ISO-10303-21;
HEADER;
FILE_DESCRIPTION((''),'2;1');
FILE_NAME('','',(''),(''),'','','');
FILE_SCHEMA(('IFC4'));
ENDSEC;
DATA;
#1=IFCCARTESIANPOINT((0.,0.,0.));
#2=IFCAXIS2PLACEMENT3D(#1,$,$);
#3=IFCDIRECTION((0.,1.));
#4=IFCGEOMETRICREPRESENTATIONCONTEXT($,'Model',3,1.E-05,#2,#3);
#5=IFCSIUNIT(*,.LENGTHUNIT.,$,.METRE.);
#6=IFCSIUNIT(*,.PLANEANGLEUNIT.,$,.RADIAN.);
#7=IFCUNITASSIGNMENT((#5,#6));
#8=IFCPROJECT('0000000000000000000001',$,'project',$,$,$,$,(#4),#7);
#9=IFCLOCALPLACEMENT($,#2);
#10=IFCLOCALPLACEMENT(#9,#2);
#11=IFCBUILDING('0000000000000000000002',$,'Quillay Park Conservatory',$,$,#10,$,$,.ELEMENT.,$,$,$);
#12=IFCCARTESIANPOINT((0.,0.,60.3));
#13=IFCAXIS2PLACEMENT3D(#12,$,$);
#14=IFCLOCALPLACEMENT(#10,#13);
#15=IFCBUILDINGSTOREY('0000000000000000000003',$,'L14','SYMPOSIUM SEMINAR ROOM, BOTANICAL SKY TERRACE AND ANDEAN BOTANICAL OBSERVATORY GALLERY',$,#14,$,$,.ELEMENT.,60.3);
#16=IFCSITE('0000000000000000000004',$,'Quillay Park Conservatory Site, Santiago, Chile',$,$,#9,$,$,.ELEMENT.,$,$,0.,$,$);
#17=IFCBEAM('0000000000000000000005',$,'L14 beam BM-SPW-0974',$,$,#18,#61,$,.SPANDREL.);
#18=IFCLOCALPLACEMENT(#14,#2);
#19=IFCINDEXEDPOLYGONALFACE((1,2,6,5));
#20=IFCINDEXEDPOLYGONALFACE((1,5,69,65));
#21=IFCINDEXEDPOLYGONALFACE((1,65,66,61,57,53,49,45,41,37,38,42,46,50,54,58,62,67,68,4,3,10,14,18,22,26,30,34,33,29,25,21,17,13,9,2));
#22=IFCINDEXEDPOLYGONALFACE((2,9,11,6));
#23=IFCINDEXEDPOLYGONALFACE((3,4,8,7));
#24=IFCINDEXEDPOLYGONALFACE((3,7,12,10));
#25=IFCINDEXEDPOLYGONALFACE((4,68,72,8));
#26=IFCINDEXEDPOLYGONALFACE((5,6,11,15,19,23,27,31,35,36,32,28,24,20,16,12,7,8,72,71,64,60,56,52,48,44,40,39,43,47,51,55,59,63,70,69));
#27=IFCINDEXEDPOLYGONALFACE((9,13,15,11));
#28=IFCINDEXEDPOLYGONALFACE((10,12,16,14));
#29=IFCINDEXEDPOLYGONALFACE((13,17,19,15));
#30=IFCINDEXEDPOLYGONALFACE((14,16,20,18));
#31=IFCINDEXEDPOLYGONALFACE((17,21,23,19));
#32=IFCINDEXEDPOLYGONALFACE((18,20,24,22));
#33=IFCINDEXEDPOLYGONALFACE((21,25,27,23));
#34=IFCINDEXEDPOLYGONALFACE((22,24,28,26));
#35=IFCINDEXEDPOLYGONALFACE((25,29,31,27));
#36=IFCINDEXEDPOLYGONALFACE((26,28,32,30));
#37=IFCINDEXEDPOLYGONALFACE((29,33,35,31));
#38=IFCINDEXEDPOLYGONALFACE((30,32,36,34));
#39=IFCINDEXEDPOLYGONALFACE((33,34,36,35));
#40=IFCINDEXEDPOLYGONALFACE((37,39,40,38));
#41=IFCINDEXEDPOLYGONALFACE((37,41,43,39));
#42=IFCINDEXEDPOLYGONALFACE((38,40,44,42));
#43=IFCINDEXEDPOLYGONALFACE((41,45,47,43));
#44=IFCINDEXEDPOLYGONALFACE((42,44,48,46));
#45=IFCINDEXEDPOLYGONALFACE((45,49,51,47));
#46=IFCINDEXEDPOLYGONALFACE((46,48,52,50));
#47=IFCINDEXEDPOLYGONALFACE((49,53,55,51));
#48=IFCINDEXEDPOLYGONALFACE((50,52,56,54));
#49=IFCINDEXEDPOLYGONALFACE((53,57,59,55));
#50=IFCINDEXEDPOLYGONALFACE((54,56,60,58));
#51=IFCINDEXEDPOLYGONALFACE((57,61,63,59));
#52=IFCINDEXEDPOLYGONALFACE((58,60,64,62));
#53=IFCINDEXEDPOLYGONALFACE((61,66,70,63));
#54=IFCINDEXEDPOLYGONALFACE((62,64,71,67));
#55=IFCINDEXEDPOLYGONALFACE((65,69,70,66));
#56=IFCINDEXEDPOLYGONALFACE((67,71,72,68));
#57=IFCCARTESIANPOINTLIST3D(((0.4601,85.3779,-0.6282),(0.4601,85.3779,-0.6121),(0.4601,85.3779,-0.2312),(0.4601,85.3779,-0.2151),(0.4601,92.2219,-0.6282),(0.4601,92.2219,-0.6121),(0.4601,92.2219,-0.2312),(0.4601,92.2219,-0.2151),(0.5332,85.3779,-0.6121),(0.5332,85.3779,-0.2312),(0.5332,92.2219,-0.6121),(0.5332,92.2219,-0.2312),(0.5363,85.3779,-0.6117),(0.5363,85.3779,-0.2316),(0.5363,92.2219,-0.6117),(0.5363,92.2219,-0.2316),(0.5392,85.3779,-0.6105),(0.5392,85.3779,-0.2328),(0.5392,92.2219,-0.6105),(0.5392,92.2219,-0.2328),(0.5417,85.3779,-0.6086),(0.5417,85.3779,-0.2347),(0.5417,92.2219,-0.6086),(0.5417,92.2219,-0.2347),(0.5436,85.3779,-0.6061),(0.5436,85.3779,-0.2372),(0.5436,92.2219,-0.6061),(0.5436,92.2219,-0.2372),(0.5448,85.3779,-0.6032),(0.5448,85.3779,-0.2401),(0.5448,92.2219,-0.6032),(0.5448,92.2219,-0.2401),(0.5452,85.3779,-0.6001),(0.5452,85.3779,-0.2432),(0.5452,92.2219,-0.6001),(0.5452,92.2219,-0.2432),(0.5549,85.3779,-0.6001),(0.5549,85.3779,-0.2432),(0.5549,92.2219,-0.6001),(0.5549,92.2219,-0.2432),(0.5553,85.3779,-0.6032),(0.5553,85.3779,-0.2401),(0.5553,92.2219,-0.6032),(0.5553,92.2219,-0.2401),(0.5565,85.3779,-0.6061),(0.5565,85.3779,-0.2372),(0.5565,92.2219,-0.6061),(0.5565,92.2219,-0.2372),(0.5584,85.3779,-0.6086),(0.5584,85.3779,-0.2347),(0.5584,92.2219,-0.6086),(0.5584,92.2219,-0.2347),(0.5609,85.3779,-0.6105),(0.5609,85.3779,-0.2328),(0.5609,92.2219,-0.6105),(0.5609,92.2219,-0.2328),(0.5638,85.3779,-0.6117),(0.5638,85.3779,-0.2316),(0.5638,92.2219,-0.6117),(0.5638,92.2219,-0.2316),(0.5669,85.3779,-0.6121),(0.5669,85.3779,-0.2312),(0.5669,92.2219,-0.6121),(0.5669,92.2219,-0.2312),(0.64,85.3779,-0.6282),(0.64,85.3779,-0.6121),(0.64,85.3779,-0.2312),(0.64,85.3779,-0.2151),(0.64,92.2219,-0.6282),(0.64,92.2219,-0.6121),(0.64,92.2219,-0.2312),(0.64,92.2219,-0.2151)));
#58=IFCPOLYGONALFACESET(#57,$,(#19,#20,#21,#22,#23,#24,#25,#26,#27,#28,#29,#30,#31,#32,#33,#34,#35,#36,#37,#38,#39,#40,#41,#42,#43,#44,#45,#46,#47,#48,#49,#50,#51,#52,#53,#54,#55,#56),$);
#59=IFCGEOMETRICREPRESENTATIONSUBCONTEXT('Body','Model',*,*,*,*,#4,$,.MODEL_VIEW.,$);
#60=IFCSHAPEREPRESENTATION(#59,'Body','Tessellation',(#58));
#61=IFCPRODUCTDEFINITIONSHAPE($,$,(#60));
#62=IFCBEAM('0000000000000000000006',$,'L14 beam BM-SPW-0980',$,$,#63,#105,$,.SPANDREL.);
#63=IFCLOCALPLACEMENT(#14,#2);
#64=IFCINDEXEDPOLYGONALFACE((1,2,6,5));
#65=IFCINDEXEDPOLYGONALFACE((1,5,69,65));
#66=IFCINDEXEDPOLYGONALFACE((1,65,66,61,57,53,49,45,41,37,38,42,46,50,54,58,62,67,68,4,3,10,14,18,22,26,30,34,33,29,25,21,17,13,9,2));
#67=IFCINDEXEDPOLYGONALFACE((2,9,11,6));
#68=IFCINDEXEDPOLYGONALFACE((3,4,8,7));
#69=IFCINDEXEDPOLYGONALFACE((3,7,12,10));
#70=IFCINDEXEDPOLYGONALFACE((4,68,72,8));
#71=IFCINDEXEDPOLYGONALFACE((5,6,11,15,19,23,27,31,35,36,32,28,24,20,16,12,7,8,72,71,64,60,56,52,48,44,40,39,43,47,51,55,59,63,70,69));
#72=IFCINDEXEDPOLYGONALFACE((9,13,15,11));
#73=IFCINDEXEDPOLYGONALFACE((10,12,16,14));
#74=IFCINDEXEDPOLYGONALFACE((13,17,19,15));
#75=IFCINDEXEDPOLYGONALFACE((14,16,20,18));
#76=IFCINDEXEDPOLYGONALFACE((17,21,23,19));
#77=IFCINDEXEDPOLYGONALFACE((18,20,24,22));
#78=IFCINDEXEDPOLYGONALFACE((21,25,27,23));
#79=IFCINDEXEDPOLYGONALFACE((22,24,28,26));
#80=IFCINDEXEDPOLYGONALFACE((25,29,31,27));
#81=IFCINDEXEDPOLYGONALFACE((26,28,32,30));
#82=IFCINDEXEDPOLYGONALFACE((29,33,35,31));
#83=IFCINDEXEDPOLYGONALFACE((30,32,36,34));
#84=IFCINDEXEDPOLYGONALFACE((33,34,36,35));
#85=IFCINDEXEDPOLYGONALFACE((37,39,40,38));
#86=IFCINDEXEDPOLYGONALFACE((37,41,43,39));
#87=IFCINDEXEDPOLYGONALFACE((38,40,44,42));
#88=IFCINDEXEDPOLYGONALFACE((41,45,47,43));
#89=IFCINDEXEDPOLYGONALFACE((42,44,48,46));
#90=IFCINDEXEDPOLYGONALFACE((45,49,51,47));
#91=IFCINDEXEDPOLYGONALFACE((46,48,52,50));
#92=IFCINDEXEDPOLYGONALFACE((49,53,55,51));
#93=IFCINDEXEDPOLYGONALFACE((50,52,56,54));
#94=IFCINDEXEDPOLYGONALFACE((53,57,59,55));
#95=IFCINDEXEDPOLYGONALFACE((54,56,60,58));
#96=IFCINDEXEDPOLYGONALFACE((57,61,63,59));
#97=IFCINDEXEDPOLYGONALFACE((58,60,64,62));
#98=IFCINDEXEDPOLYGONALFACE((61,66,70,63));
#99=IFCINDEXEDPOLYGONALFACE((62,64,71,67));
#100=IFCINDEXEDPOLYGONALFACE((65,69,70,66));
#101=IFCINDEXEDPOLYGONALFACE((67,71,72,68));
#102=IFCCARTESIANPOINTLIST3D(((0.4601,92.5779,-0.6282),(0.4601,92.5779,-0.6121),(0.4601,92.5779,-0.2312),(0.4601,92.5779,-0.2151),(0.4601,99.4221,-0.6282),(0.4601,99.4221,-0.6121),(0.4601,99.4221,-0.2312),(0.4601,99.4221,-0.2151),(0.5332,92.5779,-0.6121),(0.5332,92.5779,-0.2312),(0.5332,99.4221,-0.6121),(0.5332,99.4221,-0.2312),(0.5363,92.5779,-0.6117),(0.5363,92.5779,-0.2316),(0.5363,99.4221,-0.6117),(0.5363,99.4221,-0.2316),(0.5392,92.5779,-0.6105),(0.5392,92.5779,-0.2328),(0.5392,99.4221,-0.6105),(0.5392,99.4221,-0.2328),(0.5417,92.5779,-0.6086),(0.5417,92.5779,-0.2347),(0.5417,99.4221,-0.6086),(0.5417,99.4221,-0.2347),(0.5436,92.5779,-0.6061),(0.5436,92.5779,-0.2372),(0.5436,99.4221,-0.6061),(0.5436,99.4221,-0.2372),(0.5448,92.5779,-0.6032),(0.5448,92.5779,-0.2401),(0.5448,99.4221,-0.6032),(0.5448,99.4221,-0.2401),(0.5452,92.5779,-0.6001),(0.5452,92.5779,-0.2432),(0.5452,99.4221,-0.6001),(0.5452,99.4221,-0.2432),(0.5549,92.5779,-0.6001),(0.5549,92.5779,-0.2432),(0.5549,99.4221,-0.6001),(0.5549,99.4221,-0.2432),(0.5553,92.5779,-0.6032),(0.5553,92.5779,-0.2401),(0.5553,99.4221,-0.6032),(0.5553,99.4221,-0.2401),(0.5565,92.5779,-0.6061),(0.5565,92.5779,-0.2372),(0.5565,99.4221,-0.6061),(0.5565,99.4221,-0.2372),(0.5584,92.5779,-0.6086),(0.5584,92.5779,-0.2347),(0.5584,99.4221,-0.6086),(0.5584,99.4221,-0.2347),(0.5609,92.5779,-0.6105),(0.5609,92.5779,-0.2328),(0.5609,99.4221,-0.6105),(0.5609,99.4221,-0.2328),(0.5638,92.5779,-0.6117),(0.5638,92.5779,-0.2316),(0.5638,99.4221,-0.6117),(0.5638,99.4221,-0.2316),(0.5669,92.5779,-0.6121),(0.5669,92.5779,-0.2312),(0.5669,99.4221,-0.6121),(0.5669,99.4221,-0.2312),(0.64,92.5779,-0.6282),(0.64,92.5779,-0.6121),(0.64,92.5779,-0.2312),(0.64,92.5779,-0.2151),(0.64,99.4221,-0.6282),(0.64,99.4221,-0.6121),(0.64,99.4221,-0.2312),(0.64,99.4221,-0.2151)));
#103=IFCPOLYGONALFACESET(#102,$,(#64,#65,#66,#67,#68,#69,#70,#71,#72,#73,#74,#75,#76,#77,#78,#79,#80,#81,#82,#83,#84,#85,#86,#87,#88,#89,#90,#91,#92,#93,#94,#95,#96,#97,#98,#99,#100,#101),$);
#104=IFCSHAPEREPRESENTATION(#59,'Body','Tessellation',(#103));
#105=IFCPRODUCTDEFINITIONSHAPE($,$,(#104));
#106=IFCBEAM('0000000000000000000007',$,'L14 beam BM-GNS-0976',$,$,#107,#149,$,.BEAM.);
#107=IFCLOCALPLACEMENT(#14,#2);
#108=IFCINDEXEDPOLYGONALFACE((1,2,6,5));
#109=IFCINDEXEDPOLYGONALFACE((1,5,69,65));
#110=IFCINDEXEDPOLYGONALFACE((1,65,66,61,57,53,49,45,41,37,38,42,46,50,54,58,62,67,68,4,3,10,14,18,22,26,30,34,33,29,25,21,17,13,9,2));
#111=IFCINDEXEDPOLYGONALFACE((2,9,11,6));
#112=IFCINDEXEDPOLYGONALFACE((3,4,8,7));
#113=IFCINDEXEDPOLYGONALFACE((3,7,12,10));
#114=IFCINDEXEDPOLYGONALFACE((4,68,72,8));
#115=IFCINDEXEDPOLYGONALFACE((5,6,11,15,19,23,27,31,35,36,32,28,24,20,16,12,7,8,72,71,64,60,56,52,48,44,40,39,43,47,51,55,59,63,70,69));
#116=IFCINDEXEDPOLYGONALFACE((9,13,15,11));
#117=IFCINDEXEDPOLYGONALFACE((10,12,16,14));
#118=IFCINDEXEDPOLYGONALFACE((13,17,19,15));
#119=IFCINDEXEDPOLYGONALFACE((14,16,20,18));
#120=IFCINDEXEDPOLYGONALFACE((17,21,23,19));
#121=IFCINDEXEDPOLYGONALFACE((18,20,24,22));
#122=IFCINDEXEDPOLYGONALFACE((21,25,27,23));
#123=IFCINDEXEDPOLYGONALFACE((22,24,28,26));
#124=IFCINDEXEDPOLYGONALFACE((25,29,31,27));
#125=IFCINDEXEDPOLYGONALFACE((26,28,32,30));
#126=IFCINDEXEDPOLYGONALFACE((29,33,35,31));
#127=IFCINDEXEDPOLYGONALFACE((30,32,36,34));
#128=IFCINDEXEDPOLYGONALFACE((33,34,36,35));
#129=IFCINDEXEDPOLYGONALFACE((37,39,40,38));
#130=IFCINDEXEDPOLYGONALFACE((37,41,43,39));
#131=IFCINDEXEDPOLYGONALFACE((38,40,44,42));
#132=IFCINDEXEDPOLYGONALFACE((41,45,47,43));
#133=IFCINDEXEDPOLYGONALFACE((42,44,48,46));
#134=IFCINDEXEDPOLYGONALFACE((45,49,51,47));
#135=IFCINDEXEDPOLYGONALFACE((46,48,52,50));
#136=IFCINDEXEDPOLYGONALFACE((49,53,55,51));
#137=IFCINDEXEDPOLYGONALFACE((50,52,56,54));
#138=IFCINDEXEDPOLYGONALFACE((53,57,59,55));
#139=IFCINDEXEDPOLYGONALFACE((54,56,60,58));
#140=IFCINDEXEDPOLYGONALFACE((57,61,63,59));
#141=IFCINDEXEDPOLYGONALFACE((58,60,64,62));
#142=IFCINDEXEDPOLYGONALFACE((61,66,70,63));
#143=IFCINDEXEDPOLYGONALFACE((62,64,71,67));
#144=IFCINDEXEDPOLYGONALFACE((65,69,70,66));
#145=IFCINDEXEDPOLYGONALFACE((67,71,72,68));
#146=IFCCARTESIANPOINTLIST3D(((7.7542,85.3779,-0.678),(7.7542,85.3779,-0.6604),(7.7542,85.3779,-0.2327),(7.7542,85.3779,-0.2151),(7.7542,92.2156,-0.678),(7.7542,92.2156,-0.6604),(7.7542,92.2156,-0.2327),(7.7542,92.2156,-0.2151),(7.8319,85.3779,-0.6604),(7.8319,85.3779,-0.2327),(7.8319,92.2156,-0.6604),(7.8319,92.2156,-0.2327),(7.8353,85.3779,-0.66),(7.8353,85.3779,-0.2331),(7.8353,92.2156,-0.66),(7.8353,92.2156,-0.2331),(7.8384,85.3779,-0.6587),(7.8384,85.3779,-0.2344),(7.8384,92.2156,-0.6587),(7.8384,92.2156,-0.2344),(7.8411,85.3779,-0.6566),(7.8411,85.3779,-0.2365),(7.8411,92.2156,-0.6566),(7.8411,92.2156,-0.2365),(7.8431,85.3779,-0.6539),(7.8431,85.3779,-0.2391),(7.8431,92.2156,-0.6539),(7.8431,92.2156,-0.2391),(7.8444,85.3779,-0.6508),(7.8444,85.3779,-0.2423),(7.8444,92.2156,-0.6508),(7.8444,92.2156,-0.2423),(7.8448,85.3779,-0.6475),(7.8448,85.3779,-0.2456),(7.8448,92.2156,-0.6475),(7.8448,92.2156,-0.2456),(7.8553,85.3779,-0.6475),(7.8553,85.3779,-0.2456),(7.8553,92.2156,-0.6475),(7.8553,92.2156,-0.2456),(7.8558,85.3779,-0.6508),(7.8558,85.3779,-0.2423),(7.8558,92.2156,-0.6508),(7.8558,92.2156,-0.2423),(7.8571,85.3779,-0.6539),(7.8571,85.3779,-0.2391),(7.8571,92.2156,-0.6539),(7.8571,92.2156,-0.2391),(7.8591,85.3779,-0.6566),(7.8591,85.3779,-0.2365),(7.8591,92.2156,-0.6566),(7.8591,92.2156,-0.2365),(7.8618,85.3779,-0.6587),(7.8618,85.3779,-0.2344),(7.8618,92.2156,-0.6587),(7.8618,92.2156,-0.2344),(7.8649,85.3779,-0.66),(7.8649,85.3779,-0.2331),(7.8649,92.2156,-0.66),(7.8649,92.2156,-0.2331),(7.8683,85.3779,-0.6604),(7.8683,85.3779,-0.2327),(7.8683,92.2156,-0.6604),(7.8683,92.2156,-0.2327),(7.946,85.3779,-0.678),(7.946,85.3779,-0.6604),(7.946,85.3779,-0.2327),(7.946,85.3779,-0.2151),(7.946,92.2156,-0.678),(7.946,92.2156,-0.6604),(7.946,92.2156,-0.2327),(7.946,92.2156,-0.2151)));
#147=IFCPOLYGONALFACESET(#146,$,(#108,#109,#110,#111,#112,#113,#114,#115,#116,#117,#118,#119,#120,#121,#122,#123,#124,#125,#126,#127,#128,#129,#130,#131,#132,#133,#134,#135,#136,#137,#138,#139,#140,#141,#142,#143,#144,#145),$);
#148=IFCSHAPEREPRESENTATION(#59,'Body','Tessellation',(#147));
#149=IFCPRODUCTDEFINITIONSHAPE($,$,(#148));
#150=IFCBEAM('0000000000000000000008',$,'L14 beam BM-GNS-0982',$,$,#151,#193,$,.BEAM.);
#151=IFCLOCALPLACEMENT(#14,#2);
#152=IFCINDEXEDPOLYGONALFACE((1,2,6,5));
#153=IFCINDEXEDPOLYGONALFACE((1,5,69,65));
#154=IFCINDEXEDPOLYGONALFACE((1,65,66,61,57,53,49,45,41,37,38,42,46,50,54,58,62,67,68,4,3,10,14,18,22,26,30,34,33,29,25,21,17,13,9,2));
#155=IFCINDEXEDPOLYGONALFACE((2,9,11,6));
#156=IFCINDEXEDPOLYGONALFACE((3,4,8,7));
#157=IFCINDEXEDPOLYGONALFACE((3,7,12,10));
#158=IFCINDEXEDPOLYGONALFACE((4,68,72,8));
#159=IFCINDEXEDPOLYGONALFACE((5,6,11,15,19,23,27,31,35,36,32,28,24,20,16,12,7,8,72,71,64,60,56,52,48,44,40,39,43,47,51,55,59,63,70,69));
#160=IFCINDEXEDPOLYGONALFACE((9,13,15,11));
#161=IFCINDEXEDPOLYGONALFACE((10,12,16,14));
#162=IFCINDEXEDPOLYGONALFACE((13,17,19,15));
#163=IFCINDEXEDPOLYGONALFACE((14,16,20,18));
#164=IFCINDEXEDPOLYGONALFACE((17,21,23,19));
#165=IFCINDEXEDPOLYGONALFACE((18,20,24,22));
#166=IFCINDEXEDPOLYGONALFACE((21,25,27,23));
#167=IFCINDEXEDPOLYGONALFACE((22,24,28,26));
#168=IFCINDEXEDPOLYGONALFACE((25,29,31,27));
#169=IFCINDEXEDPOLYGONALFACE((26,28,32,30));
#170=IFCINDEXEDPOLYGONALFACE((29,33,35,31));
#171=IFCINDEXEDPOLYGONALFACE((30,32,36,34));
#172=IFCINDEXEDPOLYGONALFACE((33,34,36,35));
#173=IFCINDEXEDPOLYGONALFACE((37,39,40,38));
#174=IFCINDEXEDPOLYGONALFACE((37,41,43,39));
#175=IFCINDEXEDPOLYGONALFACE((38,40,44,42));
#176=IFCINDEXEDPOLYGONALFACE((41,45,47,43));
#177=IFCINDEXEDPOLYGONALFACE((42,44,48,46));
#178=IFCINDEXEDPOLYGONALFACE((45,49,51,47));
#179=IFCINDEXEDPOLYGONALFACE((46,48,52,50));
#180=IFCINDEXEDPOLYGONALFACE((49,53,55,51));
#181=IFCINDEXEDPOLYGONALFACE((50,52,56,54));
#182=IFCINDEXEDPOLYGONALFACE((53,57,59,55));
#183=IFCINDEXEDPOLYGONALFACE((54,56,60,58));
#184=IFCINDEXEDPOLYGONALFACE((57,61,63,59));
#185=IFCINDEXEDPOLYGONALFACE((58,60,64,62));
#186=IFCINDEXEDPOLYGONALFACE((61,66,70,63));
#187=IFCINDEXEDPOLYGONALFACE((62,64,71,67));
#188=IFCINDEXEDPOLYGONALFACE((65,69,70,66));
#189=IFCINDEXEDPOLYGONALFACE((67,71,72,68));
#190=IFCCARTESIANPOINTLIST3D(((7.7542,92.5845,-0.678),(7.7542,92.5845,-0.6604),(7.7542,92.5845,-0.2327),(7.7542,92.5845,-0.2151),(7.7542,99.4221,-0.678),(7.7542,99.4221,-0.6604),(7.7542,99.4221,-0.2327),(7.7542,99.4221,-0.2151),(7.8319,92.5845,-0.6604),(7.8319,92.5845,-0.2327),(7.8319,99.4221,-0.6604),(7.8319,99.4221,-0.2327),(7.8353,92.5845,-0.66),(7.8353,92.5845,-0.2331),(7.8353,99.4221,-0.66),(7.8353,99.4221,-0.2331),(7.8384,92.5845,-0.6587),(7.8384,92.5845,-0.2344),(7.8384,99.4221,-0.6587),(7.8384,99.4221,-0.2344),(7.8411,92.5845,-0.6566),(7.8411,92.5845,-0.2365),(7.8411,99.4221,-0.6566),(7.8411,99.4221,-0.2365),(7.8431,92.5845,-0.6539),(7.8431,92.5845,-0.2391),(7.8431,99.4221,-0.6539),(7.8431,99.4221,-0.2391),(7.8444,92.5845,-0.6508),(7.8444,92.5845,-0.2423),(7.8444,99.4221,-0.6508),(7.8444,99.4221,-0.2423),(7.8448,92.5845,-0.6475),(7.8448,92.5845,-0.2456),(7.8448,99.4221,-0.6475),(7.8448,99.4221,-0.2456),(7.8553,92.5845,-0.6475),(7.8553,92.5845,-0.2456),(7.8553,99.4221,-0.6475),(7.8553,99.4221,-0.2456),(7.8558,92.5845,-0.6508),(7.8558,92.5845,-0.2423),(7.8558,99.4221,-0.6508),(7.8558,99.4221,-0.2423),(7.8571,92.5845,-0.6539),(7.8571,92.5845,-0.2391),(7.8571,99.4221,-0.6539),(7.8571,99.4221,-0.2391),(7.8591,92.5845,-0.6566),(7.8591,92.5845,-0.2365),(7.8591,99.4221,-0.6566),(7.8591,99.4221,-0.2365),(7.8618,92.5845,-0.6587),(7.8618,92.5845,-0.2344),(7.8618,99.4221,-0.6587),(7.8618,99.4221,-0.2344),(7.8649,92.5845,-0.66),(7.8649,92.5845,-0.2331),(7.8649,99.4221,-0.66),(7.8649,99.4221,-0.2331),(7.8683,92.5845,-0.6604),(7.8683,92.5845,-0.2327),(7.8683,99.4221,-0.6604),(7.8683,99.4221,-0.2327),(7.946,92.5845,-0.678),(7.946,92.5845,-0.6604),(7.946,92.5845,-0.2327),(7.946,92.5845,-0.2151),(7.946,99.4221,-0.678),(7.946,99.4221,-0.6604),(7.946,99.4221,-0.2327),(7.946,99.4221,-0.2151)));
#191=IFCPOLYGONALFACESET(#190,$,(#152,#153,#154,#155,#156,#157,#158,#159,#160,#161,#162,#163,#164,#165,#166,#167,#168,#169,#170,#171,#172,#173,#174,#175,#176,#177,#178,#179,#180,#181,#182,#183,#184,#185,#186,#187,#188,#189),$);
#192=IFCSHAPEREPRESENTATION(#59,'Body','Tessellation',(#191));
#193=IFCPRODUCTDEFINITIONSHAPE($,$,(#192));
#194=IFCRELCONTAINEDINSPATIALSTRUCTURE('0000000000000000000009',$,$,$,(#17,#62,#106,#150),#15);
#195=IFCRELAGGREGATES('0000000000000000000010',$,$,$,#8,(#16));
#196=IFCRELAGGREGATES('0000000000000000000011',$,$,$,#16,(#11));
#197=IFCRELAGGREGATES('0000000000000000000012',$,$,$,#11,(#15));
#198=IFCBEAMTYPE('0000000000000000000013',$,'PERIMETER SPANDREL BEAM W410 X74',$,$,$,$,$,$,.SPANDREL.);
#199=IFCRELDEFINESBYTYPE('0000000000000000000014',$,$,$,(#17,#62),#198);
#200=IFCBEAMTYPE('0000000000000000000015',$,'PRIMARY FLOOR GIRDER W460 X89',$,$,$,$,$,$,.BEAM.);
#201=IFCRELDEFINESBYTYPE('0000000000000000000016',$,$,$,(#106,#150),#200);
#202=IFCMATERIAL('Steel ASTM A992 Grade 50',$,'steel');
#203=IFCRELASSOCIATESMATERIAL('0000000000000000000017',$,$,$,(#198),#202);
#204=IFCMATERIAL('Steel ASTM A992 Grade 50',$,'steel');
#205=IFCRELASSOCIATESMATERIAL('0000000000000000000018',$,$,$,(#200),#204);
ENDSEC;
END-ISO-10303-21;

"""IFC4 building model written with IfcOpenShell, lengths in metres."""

from ifc_helpers import new_model, si_unit, direction, frame, origin, origin_2d, place, context, subcontext, project, spatial, i_section, extrude, material, material_profile, profile_set, type_object, element, save


model = new_model("IFC4")

# Units and contexts
model_context = context("Model", 3, precision=1e-05, world=origin(), true_north=direction((0.0, 1.0)))
body_context = subcontext(model_context, "Body", "Model", "MODEL_VIEW")
ifc_project = project(units=[si_unit("LENGTHUNIT", "METRE"), si_unit("PLANEANGLEUNIT", "RADIAN")], contexts=[model_context])

# Site, building, storey
site_placement = place(None, origin())
site = spatial("IfcSite", under=ifc_project, at=site_placement, Name="Quillay Park Conservatory Site, Santiago, Chile", CompositionType="ELEMENT", RefElevation=0.0)
building_placement = place(site_placement, origin())
building = spatial("IfcBuilding", under=site, at=building_placement, Name="Quillay Park Conservatory", CompositionType="ELEMENT")
storey_placement = place(building_placement, frame((0.0, 0.0, 60.3)))
storey = spatial("IfcBuildingStorey", under=building, at=storey_placement, Name="L14", Description="SYMPOSIUM SEMINAR ROOM, BOTANICAL SKY TERRACE AND ANDEAN BOTANICAL OBSERVATORY GALLERY", CompositionType="ELEMENT", Elevation=60.3)

# Beams
ifc_material_1 = material(Name="Steel ASTM A992 Grade 50", Category="steel")
ifc_material_profile_1 = material_profile(ifc_material_1, i_section(OverallWidth=0.1799, OverallDepth=0.4131, WebThickness=0.0098, FlangeThickness=0.0161, FilletRadius=0.012, at=origin_2d()), Name="W410x74")
ifc_profile_set_1 = profile_set([ifc_material_profile_1], Name="Steel ASTM A992 Grade 50")
beam_type_1 = type_object("IfcBeamType", Name="PERIMETER SPANDREL BEAM W410 X74", PredefinedType="SPANDREL", material=ifc_profile_set_1)
beam_1_placement = place(storey_placement, frame((0.55, 85.3779, -0.4216), z_axis=(0.0, 1.0, 0.0), x_axis=(-1.0, 0.0, 0.0)))
element("IfcBeam", 1, at=beam_1_placement, inside=storey, type_object=beam_type_1, Name="L14 beam BM-SPW-0974", PredefinedType="SPANDREL", context=body_context, shape_type="SweptSolid", body=[
    extrude(i_section(OverallWidth=0.1799, OverallDepth=0.4131, WebThickness=0.0098, FlangeThickness=0.0161, FilletRadius=0.012, at=origin_2d()), origin(), (0.0, 0.0, 1.0), 6.844),
])
beam_2_placement = place(storey_placement, frame((0.55, 92.5779, -0.4216), z_axis=(0.0, 1.0, 0.0), x_axis=(-1.0, 0.0, 0.0)))
element("IfcBeam", 2, at=beam_2_placement, inside=storey, type_object=beam_type_1, Name="L14 beam BM-SPW-0980", PredefinedType="SPANDREL", context=body_context, shape_type="SweptSolid", body=[
    extrude(i_section(OverallWidth=0.1799, OverallDepth=0.4131, WebThickness=0.0098, FlangeThickness=0.0161, FilletRadius=0.012, at=origin_2d()), origin(), (0.0, 0.0, 1.0), 6.8442),
])
ifc_material_2 = material(Name="Steel ASTM A992 Grade 50", Category="steel")
ifc_material_profile_2 = material_profile(ifc_material_2, i_section(OverallWidth=0.1919, OverallDepth=0.4629, WebThickness=0.0105, FlangeThickness=0.0176, FilletRadius=0.0129, at=origin_2d()), Name="W460x89")
ifc_profile_set_2 = profile_set([ifc_material_profile_2], Name="Steel ASTM A992 Grade 50")
beam_type_2 = type_object("IfcBeamType", Name="PRIMARY FLOOR GIRDER W460 X89", PredefinedType="BEAM", material=ifc_profile_set_2)
for number, where, z_axis, x_axis, name in (
    (3, (7.8501, 85.3779, -0.4465), (0.0, 1.0, 0.0), (-1.0, 0.0, 0.0), "L14 beam BM-GNS-0976"),
    (4, (7.8501, 92.5845, -0.4465), (0.0, 1.0, 0.0), (-1.0, 0.0, 0.0), "L14 beam BM-GNS-0982"),
):
    element("IfcBeam", number, at=place(storey_placement, frame(where, z_axis=z_axis, x_axis=x_axis)), inside=storey, type_object=beam_type_2, Name=name, PredefinedType="BEAM", context=body_context, shape_type="SweptSolid", body=[
        extrude(i_section(OverallWidth=0.1919, OverallDepth=0.4629, WebThickness=0.0105, FlangeThickness=0.0176, FilletRadius=0.0129, at=origin_2d()), origin(), (0.0, 0.0, 1.0), 6.8376),
    ])

save(model, "model.ifc")
